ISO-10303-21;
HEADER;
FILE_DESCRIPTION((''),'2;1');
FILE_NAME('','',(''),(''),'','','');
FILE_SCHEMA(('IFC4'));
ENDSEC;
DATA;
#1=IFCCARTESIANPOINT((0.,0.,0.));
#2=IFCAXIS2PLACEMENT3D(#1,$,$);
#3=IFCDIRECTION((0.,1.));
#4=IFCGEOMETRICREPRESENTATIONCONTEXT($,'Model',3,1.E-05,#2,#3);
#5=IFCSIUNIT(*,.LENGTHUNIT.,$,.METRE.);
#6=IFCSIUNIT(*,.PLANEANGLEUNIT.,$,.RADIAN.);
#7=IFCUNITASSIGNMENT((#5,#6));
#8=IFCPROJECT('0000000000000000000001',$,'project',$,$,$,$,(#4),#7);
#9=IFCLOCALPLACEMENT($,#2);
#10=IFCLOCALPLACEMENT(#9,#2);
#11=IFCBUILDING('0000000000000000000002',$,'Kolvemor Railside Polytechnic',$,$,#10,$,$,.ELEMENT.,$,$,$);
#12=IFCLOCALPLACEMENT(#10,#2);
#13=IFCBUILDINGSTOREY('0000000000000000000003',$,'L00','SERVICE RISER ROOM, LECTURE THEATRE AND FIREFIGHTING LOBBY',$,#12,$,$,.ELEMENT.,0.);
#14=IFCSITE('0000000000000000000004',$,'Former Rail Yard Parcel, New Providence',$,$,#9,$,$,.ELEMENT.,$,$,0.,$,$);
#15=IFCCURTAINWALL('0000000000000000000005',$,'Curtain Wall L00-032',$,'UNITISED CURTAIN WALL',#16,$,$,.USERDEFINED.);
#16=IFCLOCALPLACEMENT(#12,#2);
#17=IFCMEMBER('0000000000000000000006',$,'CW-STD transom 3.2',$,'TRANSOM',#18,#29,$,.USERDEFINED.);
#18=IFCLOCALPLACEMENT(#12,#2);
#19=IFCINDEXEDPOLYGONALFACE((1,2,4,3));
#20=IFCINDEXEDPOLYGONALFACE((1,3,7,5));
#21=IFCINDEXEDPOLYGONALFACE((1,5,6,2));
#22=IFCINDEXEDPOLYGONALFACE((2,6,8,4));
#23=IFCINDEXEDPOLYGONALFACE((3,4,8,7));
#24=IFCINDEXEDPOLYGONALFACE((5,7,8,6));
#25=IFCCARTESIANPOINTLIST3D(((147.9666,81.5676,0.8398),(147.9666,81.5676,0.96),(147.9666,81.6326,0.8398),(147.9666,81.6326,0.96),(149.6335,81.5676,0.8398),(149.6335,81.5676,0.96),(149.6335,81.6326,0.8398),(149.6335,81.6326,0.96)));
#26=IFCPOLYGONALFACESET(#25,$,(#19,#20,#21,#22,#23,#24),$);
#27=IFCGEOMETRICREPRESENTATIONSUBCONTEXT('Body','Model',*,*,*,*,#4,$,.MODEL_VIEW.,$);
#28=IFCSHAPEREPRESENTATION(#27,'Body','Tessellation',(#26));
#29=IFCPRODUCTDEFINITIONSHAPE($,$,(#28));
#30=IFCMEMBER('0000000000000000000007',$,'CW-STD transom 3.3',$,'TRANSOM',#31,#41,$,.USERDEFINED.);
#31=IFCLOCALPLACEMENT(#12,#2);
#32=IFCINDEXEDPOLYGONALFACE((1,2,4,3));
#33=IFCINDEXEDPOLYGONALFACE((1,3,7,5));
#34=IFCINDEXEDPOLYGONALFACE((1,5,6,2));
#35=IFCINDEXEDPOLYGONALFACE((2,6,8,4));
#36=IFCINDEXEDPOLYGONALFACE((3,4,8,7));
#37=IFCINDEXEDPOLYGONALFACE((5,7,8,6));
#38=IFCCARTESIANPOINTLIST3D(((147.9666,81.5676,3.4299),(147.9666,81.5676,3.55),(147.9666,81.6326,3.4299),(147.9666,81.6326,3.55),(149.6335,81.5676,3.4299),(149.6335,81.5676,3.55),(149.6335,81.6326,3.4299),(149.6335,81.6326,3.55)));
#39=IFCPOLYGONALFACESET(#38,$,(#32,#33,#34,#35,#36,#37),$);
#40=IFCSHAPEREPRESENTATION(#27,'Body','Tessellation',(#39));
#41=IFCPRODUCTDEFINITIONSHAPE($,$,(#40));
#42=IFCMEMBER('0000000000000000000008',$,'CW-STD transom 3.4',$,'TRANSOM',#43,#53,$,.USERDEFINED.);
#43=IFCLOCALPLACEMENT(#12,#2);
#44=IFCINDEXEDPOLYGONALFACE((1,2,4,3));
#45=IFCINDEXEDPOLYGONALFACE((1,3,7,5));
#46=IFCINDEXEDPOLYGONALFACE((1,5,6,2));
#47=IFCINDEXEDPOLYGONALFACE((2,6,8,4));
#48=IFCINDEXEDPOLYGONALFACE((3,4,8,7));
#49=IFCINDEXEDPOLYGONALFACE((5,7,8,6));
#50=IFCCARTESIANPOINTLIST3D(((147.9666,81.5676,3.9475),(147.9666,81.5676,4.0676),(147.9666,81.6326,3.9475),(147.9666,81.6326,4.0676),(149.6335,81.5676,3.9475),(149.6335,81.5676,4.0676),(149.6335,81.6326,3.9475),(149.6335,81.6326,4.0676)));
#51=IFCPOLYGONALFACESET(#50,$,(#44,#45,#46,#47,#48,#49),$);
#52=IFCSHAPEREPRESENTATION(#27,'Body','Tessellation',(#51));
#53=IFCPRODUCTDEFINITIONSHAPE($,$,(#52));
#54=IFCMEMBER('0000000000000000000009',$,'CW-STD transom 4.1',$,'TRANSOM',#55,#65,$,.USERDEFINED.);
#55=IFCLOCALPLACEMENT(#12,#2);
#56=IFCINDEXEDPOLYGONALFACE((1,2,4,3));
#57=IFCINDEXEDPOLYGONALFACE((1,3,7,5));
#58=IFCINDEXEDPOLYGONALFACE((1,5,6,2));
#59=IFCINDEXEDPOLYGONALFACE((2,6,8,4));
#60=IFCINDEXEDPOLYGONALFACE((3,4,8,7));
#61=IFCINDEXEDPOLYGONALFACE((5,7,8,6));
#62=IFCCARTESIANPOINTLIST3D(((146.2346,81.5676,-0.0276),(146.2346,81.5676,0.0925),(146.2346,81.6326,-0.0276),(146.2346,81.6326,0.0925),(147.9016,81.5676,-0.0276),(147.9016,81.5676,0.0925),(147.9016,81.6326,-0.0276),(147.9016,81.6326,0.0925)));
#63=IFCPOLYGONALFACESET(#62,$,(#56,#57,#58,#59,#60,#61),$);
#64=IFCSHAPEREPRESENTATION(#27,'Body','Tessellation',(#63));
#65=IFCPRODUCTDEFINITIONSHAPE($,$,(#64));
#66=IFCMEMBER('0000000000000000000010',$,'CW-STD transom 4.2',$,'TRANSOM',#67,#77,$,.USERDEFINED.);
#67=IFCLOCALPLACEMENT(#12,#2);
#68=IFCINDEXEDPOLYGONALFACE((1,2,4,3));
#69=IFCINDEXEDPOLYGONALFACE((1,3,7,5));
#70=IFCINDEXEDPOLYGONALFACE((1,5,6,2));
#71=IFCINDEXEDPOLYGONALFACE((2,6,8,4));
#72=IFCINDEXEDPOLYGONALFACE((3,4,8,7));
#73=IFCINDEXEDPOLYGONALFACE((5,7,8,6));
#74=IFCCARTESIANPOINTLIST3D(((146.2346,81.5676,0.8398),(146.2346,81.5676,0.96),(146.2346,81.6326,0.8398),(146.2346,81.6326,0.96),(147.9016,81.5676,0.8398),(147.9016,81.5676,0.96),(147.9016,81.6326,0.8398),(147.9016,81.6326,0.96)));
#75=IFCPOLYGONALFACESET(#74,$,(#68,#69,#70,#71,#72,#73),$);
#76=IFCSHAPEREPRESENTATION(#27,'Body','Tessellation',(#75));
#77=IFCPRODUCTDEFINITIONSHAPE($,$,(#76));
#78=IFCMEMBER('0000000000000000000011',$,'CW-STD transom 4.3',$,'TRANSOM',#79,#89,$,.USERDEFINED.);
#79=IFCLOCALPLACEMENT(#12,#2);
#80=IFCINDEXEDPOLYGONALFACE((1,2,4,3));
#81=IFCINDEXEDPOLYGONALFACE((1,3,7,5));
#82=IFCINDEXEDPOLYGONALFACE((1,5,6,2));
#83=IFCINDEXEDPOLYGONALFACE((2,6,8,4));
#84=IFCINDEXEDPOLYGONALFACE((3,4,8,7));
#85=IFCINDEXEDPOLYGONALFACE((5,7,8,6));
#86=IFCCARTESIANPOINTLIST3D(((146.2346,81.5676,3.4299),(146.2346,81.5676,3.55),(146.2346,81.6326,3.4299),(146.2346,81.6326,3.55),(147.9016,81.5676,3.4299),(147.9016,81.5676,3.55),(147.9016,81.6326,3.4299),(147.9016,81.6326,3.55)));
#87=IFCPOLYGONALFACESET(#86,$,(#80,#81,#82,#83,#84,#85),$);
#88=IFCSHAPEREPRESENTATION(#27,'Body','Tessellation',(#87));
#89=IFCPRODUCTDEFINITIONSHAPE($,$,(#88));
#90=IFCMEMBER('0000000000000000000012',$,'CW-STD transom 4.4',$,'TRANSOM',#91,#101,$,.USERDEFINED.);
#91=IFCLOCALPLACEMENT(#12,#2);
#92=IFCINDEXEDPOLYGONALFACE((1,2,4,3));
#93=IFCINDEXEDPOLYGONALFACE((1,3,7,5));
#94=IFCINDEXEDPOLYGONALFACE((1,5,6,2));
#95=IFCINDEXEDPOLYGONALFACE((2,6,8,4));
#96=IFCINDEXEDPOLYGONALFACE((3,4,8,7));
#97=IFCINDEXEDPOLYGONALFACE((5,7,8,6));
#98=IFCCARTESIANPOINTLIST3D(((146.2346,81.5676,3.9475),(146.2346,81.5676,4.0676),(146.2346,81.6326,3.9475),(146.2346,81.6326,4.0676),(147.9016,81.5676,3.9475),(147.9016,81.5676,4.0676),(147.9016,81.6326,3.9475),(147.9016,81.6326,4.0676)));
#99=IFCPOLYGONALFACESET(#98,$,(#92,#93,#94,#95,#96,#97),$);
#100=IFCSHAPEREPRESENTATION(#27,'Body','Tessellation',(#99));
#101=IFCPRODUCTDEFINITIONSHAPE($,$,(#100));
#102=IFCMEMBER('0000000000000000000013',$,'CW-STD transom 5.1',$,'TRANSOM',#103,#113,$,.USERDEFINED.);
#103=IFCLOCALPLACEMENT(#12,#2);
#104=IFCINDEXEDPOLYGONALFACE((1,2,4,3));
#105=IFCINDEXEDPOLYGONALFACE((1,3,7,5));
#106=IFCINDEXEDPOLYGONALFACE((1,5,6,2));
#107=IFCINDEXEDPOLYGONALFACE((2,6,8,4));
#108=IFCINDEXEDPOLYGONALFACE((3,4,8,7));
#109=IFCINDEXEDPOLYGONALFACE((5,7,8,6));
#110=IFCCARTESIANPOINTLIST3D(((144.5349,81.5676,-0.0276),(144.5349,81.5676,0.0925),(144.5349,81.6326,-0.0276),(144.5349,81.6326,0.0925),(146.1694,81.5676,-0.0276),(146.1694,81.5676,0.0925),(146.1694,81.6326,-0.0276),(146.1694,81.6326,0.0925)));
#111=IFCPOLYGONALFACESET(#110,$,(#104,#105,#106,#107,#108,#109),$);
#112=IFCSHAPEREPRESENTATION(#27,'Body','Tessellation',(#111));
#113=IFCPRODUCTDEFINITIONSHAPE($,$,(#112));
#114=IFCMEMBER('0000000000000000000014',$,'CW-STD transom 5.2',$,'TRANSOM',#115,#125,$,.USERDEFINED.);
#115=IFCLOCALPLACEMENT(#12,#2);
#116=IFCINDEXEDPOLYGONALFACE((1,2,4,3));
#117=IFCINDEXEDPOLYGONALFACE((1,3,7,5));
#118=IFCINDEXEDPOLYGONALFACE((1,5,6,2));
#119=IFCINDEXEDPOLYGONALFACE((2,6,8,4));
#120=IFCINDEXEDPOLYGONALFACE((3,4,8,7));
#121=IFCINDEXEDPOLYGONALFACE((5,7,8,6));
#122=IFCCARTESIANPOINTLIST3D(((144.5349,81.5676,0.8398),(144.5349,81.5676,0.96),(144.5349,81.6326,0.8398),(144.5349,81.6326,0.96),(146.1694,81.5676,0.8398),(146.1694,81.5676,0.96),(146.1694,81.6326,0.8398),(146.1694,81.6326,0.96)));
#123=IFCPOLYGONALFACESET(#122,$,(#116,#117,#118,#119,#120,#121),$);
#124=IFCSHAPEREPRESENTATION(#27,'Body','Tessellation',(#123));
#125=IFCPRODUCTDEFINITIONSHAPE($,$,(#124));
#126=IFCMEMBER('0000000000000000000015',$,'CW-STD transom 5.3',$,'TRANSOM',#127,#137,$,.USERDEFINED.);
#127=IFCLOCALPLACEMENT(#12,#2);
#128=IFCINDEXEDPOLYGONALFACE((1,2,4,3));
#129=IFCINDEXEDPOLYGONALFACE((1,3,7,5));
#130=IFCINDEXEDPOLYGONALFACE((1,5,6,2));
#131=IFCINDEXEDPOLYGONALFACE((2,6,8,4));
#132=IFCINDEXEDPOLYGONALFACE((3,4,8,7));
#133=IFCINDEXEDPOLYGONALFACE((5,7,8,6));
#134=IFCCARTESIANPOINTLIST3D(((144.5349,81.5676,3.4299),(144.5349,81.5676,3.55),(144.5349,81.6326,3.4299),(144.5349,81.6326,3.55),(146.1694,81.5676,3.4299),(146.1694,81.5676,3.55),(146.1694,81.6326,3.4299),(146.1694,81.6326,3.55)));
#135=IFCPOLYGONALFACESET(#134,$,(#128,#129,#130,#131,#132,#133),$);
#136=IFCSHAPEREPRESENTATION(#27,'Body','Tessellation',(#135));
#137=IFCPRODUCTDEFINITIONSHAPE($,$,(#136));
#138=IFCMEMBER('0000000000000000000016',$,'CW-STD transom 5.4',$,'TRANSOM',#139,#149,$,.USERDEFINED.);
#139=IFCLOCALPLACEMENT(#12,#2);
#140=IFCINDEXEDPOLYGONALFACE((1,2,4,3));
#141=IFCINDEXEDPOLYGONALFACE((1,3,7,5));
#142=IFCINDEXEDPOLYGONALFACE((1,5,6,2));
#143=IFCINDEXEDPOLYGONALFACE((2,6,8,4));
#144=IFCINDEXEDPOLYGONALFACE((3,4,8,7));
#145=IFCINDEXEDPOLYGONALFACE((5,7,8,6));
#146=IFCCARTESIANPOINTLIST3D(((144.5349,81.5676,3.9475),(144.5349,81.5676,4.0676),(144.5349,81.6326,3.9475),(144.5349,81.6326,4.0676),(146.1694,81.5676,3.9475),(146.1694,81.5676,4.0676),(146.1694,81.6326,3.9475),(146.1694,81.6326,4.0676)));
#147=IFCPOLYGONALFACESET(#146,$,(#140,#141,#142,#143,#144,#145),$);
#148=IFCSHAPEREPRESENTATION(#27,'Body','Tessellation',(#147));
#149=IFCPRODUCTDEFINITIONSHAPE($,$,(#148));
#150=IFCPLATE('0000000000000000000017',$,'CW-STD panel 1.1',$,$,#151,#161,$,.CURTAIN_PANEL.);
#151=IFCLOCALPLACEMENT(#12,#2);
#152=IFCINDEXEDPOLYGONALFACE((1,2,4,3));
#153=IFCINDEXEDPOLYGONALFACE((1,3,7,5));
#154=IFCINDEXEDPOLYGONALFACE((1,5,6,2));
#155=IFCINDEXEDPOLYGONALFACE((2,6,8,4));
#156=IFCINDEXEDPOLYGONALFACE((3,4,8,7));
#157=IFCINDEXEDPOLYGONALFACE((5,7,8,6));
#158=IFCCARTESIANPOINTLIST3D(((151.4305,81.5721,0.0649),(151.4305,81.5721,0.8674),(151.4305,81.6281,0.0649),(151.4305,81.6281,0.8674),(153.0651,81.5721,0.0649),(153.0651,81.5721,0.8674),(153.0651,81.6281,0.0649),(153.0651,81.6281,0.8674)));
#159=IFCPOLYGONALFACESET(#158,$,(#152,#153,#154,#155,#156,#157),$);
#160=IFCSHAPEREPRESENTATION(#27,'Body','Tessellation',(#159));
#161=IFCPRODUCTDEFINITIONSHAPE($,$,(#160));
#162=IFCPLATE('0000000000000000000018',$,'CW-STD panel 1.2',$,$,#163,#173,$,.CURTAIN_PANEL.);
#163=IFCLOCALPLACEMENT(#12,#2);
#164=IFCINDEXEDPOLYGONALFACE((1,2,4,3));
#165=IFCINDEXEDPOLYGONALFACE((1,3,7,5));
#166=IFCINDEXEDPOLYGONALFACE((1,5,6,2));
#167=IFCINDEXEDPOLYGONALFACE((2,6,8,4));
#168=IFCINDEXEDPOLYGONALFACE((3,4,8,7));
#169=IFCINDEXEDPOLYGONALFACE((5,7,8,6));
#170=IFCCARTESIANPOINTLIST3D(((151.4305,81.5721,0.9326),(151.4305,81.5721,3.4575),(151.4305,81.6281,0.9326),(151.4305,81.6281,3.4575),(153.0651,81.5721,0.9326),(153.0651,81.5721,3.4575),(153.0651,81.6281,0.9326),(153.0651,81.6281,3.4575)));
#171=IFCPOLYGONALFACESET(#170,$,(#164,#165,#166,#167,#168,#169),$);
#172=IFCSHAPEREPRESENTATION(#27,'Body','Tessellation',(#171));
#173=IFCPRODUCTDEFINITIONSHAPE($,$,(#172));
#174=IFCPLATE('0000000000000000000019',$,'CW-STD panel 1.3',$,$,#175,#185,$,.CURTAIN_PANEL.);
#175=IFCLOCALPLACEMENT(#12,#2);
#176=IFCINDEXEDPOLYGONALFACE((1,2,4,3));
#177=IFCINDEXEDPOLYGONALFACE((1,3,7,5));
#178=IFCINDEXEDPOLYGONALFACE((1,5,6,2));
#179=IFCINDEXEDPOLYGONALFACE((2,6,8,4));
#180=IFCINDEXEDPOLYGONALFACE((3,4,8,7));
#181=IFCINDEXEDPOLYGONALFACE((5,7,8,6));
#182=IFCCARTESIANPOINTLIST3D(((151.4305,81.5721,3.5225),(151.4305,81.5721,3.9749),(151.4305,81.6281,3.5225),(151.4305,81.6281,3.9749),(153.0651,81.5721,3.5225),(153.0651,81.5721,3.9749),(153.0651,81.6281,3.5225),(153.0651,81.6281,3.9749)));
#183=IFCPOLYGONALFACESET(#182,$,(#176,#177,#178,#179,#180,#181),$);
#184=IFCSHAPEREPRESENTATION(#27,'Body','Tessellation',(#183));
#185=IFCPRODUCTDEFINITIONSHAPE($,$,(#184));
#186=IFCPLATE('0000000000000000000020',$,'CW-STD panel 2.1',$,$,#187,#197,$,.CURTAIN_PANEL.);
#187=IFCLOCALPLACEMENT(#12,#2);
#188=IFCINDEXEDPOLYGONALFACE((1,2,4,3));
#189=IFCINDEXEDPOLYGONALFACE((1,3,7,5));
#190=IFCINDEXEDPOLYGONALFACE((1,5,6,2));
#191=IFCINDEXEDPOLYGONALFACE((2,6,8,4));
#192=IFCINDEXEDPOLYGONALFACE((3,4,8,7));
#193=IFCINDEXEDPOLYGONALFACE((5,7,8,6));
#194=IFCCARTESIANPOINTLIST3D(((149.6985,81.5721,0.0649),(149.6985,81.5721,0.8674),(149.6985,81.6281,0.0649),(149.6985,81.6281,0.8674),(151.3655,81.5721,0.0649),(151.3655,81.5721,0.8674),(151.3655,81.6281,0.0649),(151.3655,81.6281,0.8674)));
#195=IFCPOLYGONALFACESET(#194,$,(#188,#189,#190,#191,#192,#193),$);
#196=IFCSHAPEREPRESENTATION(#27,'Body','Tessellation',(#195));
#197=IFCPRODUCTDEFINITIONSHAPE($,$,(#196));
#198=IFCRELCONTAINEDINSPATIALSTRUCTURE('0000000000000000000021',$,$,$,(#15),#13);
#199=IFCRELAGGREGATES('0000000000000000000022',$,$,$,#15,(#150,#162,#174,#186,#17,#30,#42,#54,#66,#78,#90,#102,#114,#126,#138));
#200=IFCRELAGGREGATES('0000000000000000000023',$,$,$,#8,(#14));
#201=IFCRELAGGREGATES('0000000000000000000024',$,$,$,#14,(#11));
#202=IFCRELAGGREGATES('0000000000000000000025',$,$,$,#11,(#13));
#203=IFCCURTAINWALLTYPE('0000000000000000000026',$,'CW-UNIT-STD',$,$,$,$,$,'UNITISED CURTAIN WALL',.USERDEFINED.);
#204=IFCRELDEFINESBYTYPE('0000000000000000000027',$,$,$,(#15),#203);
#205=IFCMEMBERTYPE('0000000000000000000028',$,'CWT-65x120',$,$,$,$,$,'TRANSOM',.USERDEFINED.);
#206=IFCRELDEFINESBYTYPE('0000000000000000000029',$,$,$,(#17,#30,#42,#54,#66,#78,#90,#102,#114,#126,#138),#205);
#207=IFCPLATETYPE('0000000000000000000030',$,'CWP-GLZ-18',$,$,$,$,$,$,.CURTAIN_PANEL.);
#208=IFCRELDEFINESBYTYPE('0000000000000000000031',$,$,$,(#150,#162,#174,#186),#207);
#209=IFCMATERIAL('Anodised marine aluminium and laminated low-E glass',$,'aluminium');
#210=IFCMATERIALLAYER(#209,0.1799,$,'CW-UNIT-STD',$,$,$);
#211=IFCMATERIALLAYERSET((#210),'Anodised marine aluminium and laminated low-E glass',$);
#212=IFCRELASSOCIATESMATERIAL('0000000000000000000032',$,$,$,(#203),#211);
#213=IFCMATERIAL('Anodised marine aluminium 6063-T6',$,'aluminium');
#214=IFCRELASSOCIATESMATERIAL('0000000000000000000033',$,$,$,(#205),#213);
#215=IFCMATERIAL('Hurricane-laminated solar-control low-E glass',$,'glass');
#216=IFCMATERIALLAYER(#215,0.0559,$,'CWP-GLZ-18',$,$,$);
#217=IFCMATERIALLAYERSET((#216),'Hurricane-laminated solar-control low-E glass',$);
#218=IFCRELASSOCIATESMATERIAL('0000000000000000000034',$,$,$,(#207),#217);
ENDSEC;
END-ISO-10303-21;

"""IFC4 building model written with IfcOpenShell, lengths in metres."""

from ifc_helpers import new_model, si_unit, direction, frame, origin, origin_2d, place, context, subcontext, project, spatial, rectangle, extrude, material, layer, layer_set, material_profile, profile_set, type_object, element, aggregate, save


model = new_model("IFC4")

# Units and contexts
model_context = context("Model", 3, precision=1e-05, world=origin(), true_north=direction((0.0, 1.0)))
body_context = subcontext(model_context, "Body", "Model", "MODEL_VIEW")
ifc_project = project(units=[si_unit("LENGTHUNIT", "METRE"), si_unit("PLANEANGLEUNIT", "RADIAN")], contexts=[model_context])

# Site, building, storey
site_placement = place(None, origin())
site = spatial("IfcSite", under=ifc_project, at=site_placement, Name="Former Rail Yard Parcel, New Providence", CompositionType="ELEMENT", RefElevation=0.0)
building_placement = place(site_placement, origin())
building = spatial("IfcBuilding", under=site, at=building_placement, Name="Kolvemor Railside Polytechnic", CompositionType="ELEMENT")
storey_placement = place(building_placement, origin())
storey = spatial("IfcBuildingStorey", under=building, at=storey_placement, Name="L00", Description="SERVICE RISER ROOM, LECTURE THEATRE AND FIREFIGHTING LOBBY", CompositionType="ELEMENT", Elevation=0.0)

# Curtain wall, members, plates
ifc_material_1 = material(Name="Anodised marine aluminium and laminated low-E glass", Category="aluminium")
ifc_layer_1 = layer(ifc_material_1, 0.1799, Name="CW-UNIT-STD")
ifc_layer_set_1 = layer_set([ifc_layer_1], Name="Anodised marine aluminium and laminated low-E glass")
curtain_wall_type = type_object("IfcCurtainWallType", Name="CW-UNIT-STD", ElementType="UNITISED CURTAIN WALL", PredefinedType="USERDEFINED", material=ifc_layer_set_1)
curtain_wall_placement = place(storey_placement, origin())
curtain_wall = element("IfcCurtainWall", 1, at=curtain_wall_placement, inside=storey, type_object=curtain_wall_type, Name="Curtain Wall L00-032", ObjectType="UNITISED CURTAIN WALL", PredefinedType="USERDEFINED")
ifc_material_2 = material(Name="Anodised marine aluminium 6063-T6", Category="aluminium")
ifc_material_profile_1 = material_profile(ifc_material_2, rectangle(XDim=0.0649, YDim=0.1201, at=origin_2d()), Name="CW-TRN-65x120")
ifc_profile_set_1 = profile_set([ifc_material_profile_1], Name="Anodised marine aluminium 6063-T6")
member_type_1 = type_object("IfcMemberType", Name="CWT-65x120", ElementType="TRANSOM", PredefinedType="USERDEFINED", material=ifc_profile_set_1)
member_1_placement = place(storey_placement, frame((149.6335, 81.6001, 0.8999), z_axis=(-1.0, 0.0, 0.0), x_axis=(0.0, -1.0, 0.0)))
member_1 = element("IfcMember", 2, at=member_1_placement, type_object=member_type_1, Name="CW-STD transom 3.2", ObjectType="TRANSOM", PredefinedType="USERDEFINED", context=body_context, shape_type="SweptSolid", body=[
    extrude(rectangle(XDim=0.0649, YDim=0.1201, at=origin_2d()), origin(), (0.0, 0.0, 1.0), 1.667),
])
member_2_placement = place(storey_placement, frame((149.6335, 81.6001, 3.49), z_axis=(-1.0, 0.0, 0.0), x_axis=(0.0, -1.0, 0.0)))
member_2 = element("IfcMember", 3, at=member_2_placement, type_object=member_type_1, Name="CW-STD transom 3.3", ObjectType="TRANSOM", PredefinedType="USERDEFINED", context=body_context, shape_type="SweptSolid", body=[
    extrude(rectangle(XDim=0.0649, YDim=0.1201, at=origin_2d()), origin(), (0.0, 0.0, 1.0), 1.667),
])
member_3_placement = place(storey_placement, frame((149.6335, 81.6001, 4.0076), z_axis=(-1.0, 0.0, 0.0), x_axis=(0.0, -1.0, 0.0)))
member_3 = element("IfcMember", 4, at=member_3_placement, type_object=member_type_1, Name="CW-STD transom 3.4", ObjectType="TRANSOM", PredefinedType="USERDEFINED", context=body_context, shape_type="SweptSolid", body=[
    extrude(rectangle(XDim=0.0649, YDim=0.1201, at=origin_2d()), origin(), (0.0, 0.0, 1.0), 1.667),
])
member_4_placement = place(storey_placement, frame((147.9016, 81.6001, 0.0325), z_axis=(-1.0, 0.0, 0.0), x_axis=(0.0, -1.0, 0.0)))
member_4 = element("IfcMember", 5, at=member_4_placement, type_object=member_type_1, Name="CW-STD transom 4.1", ObjectType="TRANSOM", PredefinedType="USERDEFINED", context=body_context, shape_type="SweptSolid", body=[
    extrude(rectangle(XDim=0.0649, YDim=0.1201, at=origin_2d()), origin(), (0.0, 0.0, 1.0), 1.667),
])
member_5_placement = place(storey_placement, frame((147.9016, 81.6001, 0.8999), z_axis=(-1.0, 0.0, 0.0), x_axis=(0.0, -1.0, 0.0)))
member_5 = element("IfcMember", 6, at=member_5_placement, type_object=member_type_1, Name="CW-STD transom 4.2", ObjectType="TRANSOM", PredefinedType="USERDEFINED", context=body_context, shape_type="SweptSolid", body=[
    extrude(rectangle(XDim=0.0649, YDim=0.1201, at=origin_2d()), origin(), (0.0, 0.0, 1.0), 1.667),
])
member_6_placement = place(storey_placement, frame((147.9016, 81.6001, 3.49), z_axis=(-1.0, 0.0, 0.0), x_axis=(0.0, -1.0, 0.0)))
member_6 = element("IfcMember", 7, at=member_6_placement, type_object=member_type_1, Name="CW-STD transom 4.3", ObjectType="TRANSOM", PredefinedType="USERDEFINED", context=body_context, shape_type="SweptSolid", body=[
    extrude(rectangle(XDim=0.0649, YDim=0.1201, at=origin_2d()), origin(), (0.0, 0.0, 1.0), 1.667),
])
member_7_placement = place(storey_placement, frame((147.9016, 81.6001, 4.0076), z_axis=(-1.0, 0.0, 0.0), x_axis=(0.0, -1.0, 0.0)))
member_7 = element("IfcMember", 8, at=member_7_placement, type_object=member_type_1, Name="CW-STD transom 4.4", ObjectType="TRANSOM", PredefinedType="USERDEFINED", context=body_context, shape_type="SweptSolid", body=[
    extrude(rectangle(XDim=0.0649, YDim=0.1201, at=origin_2d()), origin(), (0.0, 0.0, 1.0), 1.667),
])
member_8_placement = place(storey_placement, frame((146.1694, 81.6001, 0.0325), z_axis=(-1.0, 0.0, 0.0), x_axis=(0.0, -1.0, 0.0)))
member_8 = element("IfcMember", 9, at=member_8_placement, type_object=member_type_1, Name="CW-STD transom 5.1", ObjectType="TRANSOM", PredefinedType="USERDEFINED", context=body_context, shape_type="SweptSolid", body=[
    extrude(rectangle(XDim=0.0649, YDim=0.1201, at=origin_2d()), origin(), (0.0, 0.0, 1.0), 1.6345),
])
member_9_placement = place(storey_placement, frame((146.1694, 81.6001, 0.8999), z_axis=(-1.0, 0.0, 0.0), x_axis=(0.0, -1.0, 0.0)))
member_9 = element("IfcMember", 10, at=member_9_placement, type_object=member_type_1, Name="CW-STD transom 5.2", ObjectType="TRANSOM", PredefinedType="USERDEFINED", context=body_context, shape_type="SweptSolid", body=[
    extrude(rectangle(XDim=0.0649, YDim=0.1201, at=origin_2d()), origin(), (0.0, 0.0, 1.0), 1.6345),
])
member_10_placement = place(storey_placement, frame((146.1694, 81.6001, 3.49), z_axis=(-1.0, 0.0, 0.0), x_axis=(0.0, -1.0, 0.0)))
member_10 = element("IfcMember", 11, at=member_10_placement, type_object=member_type_1, Name="CW-STD transom 5.3", ObjectType="TRANSOM", PredefinedType="USERDEFINED", context=body_context, shape_type="SweptSolid", body=[
    extrude(rectangle(XDim=0.0649, YDim=0.1201, at=origin_2d()), origin(), (0.0, 0.0, 1.0), 1.6345),
])
member_11_placement = place(storey_placement, frame((146.1694, 81.6001, 4.0076), z_axis=(-1.0, 0.0, 0.0), x_axis=(0.0, -1.0, 0.0)))
member_11 = element("IfcMember", 12, at=member_11_placement, type_object=member_type_1, Name="CW-STD transom 5.4", ObjectType="TRANSOM", PredefinedType="USERDEFINED", context=body_context, shape_type="SweptSolid", body=[
    extrude(rectangle(XDim=0.0649, YDim=0.1201, at=origin_2d()), origin(), (0.0, 0.0, 1.0), 1.6345),
])
ifc_material_3 = material(Name="Hurricane-laminated solar-control low-E glass", Category="glass")
ifc_layer_2 = layer(ifc_material_3, 0.0559, Name="CWP-GLZ-18")
ifc_layer_set_2 = layer_set([ifc_layer_2], Name="Hurricane-laminated solar-control low-E glass")
plate_type = type_object("IfcPlateType", Name="CWP-GLZ-18", PredefinedType="CURTAIN_PANEL", material=ifc_layer_set_2)
plate_1_placement = place(storey_placement, frame((152.2478, 81.6001, 0.0649), z_axis=(0.0, 0.0, 1.0), x_axis=(-1.0, 0.0, 0.0)))
plate_1 = element("IfcPlate", 13, at=plate_1_placement, type_object=plate_type, Name="CW-STD panel 1.1", PredefinedType="CURTAIN_PANEL", context=body_context, shape_type="SweptSolid", body=[
    extrude(rectangle(XDim=1.6345, YDim=0.0559, at=origin_2d()), origin(), (0.0, 0.0, 1.0), 0.8025),
])
plate_2_placement = place(storey_placement, frame((152.2478, 81.6001, 0.9326), z_axis=(0.0, 0.0, 1.0), x_axis=(-1.0, 0.0, 0.0)))
plate_2 = element("IfcPlate", 14, at=plate_2_placement, type_object=plate_type, Name="CW-STD panel 1.2", PredefinedType="CURTAIN_PANEL", context=body_context, shape_type="SweptSolid", body=[
    extrude(rectangle(XDim=1.6345, YDim=0.0559, at=origin_2d()), origin(), (0.0, 0.0, 1.0), 2.5249),
])
plate_3_placement = place(storey_placement, frame((152.2478, 81.6001, 3.5225), z_axis=(0.0, 0.0, 1.0), x_axis=(-1.0, 0.0, 0.0)))
plate_3 = element("IfcPlate", 15, at=plate_3_placement, type_object=plate_type, Name="CW-STD panel 1.3", PredefinedType="CURTAIN_PANEL", context=body_context, shape_type="SweptSolid", body=[
    extrude(rectangle(XDim=1.6345, YDim=0.0559, at=origin_2d()), origin(), (0.0, 0.0, 1.0), 0.4524),
])
plate_4_placement = place(storey_placement, frame((150.532, 81.6001, 0.0649), z_axis=(0.0, 0.0, 1.0), x_axis=(-1.0, 0.0, 0.0)))
plate_4 = element("IfcPlate", 16, at=plate_4_placement, type_object=plate_type, Name="CW-STD panel 2.1", PredefinedType="CURTAIN_PANEL", context=body_context, shape_type="SweptSolid", body=[
    extrude(rectangle(XDim=1.667, YDim=0.0559, at=origin_2d()), origin(), (0.0, 0.0, 1.0), 0.8025),
])
aggregate(curtain_wall, [plate_1, plate_2, plate_3, plate_4, member_1, member_2, member_3, member_4, member_5, member_6, member_7, member_8, member_9, member_10, member_11])

save(model, "model.ifc")
